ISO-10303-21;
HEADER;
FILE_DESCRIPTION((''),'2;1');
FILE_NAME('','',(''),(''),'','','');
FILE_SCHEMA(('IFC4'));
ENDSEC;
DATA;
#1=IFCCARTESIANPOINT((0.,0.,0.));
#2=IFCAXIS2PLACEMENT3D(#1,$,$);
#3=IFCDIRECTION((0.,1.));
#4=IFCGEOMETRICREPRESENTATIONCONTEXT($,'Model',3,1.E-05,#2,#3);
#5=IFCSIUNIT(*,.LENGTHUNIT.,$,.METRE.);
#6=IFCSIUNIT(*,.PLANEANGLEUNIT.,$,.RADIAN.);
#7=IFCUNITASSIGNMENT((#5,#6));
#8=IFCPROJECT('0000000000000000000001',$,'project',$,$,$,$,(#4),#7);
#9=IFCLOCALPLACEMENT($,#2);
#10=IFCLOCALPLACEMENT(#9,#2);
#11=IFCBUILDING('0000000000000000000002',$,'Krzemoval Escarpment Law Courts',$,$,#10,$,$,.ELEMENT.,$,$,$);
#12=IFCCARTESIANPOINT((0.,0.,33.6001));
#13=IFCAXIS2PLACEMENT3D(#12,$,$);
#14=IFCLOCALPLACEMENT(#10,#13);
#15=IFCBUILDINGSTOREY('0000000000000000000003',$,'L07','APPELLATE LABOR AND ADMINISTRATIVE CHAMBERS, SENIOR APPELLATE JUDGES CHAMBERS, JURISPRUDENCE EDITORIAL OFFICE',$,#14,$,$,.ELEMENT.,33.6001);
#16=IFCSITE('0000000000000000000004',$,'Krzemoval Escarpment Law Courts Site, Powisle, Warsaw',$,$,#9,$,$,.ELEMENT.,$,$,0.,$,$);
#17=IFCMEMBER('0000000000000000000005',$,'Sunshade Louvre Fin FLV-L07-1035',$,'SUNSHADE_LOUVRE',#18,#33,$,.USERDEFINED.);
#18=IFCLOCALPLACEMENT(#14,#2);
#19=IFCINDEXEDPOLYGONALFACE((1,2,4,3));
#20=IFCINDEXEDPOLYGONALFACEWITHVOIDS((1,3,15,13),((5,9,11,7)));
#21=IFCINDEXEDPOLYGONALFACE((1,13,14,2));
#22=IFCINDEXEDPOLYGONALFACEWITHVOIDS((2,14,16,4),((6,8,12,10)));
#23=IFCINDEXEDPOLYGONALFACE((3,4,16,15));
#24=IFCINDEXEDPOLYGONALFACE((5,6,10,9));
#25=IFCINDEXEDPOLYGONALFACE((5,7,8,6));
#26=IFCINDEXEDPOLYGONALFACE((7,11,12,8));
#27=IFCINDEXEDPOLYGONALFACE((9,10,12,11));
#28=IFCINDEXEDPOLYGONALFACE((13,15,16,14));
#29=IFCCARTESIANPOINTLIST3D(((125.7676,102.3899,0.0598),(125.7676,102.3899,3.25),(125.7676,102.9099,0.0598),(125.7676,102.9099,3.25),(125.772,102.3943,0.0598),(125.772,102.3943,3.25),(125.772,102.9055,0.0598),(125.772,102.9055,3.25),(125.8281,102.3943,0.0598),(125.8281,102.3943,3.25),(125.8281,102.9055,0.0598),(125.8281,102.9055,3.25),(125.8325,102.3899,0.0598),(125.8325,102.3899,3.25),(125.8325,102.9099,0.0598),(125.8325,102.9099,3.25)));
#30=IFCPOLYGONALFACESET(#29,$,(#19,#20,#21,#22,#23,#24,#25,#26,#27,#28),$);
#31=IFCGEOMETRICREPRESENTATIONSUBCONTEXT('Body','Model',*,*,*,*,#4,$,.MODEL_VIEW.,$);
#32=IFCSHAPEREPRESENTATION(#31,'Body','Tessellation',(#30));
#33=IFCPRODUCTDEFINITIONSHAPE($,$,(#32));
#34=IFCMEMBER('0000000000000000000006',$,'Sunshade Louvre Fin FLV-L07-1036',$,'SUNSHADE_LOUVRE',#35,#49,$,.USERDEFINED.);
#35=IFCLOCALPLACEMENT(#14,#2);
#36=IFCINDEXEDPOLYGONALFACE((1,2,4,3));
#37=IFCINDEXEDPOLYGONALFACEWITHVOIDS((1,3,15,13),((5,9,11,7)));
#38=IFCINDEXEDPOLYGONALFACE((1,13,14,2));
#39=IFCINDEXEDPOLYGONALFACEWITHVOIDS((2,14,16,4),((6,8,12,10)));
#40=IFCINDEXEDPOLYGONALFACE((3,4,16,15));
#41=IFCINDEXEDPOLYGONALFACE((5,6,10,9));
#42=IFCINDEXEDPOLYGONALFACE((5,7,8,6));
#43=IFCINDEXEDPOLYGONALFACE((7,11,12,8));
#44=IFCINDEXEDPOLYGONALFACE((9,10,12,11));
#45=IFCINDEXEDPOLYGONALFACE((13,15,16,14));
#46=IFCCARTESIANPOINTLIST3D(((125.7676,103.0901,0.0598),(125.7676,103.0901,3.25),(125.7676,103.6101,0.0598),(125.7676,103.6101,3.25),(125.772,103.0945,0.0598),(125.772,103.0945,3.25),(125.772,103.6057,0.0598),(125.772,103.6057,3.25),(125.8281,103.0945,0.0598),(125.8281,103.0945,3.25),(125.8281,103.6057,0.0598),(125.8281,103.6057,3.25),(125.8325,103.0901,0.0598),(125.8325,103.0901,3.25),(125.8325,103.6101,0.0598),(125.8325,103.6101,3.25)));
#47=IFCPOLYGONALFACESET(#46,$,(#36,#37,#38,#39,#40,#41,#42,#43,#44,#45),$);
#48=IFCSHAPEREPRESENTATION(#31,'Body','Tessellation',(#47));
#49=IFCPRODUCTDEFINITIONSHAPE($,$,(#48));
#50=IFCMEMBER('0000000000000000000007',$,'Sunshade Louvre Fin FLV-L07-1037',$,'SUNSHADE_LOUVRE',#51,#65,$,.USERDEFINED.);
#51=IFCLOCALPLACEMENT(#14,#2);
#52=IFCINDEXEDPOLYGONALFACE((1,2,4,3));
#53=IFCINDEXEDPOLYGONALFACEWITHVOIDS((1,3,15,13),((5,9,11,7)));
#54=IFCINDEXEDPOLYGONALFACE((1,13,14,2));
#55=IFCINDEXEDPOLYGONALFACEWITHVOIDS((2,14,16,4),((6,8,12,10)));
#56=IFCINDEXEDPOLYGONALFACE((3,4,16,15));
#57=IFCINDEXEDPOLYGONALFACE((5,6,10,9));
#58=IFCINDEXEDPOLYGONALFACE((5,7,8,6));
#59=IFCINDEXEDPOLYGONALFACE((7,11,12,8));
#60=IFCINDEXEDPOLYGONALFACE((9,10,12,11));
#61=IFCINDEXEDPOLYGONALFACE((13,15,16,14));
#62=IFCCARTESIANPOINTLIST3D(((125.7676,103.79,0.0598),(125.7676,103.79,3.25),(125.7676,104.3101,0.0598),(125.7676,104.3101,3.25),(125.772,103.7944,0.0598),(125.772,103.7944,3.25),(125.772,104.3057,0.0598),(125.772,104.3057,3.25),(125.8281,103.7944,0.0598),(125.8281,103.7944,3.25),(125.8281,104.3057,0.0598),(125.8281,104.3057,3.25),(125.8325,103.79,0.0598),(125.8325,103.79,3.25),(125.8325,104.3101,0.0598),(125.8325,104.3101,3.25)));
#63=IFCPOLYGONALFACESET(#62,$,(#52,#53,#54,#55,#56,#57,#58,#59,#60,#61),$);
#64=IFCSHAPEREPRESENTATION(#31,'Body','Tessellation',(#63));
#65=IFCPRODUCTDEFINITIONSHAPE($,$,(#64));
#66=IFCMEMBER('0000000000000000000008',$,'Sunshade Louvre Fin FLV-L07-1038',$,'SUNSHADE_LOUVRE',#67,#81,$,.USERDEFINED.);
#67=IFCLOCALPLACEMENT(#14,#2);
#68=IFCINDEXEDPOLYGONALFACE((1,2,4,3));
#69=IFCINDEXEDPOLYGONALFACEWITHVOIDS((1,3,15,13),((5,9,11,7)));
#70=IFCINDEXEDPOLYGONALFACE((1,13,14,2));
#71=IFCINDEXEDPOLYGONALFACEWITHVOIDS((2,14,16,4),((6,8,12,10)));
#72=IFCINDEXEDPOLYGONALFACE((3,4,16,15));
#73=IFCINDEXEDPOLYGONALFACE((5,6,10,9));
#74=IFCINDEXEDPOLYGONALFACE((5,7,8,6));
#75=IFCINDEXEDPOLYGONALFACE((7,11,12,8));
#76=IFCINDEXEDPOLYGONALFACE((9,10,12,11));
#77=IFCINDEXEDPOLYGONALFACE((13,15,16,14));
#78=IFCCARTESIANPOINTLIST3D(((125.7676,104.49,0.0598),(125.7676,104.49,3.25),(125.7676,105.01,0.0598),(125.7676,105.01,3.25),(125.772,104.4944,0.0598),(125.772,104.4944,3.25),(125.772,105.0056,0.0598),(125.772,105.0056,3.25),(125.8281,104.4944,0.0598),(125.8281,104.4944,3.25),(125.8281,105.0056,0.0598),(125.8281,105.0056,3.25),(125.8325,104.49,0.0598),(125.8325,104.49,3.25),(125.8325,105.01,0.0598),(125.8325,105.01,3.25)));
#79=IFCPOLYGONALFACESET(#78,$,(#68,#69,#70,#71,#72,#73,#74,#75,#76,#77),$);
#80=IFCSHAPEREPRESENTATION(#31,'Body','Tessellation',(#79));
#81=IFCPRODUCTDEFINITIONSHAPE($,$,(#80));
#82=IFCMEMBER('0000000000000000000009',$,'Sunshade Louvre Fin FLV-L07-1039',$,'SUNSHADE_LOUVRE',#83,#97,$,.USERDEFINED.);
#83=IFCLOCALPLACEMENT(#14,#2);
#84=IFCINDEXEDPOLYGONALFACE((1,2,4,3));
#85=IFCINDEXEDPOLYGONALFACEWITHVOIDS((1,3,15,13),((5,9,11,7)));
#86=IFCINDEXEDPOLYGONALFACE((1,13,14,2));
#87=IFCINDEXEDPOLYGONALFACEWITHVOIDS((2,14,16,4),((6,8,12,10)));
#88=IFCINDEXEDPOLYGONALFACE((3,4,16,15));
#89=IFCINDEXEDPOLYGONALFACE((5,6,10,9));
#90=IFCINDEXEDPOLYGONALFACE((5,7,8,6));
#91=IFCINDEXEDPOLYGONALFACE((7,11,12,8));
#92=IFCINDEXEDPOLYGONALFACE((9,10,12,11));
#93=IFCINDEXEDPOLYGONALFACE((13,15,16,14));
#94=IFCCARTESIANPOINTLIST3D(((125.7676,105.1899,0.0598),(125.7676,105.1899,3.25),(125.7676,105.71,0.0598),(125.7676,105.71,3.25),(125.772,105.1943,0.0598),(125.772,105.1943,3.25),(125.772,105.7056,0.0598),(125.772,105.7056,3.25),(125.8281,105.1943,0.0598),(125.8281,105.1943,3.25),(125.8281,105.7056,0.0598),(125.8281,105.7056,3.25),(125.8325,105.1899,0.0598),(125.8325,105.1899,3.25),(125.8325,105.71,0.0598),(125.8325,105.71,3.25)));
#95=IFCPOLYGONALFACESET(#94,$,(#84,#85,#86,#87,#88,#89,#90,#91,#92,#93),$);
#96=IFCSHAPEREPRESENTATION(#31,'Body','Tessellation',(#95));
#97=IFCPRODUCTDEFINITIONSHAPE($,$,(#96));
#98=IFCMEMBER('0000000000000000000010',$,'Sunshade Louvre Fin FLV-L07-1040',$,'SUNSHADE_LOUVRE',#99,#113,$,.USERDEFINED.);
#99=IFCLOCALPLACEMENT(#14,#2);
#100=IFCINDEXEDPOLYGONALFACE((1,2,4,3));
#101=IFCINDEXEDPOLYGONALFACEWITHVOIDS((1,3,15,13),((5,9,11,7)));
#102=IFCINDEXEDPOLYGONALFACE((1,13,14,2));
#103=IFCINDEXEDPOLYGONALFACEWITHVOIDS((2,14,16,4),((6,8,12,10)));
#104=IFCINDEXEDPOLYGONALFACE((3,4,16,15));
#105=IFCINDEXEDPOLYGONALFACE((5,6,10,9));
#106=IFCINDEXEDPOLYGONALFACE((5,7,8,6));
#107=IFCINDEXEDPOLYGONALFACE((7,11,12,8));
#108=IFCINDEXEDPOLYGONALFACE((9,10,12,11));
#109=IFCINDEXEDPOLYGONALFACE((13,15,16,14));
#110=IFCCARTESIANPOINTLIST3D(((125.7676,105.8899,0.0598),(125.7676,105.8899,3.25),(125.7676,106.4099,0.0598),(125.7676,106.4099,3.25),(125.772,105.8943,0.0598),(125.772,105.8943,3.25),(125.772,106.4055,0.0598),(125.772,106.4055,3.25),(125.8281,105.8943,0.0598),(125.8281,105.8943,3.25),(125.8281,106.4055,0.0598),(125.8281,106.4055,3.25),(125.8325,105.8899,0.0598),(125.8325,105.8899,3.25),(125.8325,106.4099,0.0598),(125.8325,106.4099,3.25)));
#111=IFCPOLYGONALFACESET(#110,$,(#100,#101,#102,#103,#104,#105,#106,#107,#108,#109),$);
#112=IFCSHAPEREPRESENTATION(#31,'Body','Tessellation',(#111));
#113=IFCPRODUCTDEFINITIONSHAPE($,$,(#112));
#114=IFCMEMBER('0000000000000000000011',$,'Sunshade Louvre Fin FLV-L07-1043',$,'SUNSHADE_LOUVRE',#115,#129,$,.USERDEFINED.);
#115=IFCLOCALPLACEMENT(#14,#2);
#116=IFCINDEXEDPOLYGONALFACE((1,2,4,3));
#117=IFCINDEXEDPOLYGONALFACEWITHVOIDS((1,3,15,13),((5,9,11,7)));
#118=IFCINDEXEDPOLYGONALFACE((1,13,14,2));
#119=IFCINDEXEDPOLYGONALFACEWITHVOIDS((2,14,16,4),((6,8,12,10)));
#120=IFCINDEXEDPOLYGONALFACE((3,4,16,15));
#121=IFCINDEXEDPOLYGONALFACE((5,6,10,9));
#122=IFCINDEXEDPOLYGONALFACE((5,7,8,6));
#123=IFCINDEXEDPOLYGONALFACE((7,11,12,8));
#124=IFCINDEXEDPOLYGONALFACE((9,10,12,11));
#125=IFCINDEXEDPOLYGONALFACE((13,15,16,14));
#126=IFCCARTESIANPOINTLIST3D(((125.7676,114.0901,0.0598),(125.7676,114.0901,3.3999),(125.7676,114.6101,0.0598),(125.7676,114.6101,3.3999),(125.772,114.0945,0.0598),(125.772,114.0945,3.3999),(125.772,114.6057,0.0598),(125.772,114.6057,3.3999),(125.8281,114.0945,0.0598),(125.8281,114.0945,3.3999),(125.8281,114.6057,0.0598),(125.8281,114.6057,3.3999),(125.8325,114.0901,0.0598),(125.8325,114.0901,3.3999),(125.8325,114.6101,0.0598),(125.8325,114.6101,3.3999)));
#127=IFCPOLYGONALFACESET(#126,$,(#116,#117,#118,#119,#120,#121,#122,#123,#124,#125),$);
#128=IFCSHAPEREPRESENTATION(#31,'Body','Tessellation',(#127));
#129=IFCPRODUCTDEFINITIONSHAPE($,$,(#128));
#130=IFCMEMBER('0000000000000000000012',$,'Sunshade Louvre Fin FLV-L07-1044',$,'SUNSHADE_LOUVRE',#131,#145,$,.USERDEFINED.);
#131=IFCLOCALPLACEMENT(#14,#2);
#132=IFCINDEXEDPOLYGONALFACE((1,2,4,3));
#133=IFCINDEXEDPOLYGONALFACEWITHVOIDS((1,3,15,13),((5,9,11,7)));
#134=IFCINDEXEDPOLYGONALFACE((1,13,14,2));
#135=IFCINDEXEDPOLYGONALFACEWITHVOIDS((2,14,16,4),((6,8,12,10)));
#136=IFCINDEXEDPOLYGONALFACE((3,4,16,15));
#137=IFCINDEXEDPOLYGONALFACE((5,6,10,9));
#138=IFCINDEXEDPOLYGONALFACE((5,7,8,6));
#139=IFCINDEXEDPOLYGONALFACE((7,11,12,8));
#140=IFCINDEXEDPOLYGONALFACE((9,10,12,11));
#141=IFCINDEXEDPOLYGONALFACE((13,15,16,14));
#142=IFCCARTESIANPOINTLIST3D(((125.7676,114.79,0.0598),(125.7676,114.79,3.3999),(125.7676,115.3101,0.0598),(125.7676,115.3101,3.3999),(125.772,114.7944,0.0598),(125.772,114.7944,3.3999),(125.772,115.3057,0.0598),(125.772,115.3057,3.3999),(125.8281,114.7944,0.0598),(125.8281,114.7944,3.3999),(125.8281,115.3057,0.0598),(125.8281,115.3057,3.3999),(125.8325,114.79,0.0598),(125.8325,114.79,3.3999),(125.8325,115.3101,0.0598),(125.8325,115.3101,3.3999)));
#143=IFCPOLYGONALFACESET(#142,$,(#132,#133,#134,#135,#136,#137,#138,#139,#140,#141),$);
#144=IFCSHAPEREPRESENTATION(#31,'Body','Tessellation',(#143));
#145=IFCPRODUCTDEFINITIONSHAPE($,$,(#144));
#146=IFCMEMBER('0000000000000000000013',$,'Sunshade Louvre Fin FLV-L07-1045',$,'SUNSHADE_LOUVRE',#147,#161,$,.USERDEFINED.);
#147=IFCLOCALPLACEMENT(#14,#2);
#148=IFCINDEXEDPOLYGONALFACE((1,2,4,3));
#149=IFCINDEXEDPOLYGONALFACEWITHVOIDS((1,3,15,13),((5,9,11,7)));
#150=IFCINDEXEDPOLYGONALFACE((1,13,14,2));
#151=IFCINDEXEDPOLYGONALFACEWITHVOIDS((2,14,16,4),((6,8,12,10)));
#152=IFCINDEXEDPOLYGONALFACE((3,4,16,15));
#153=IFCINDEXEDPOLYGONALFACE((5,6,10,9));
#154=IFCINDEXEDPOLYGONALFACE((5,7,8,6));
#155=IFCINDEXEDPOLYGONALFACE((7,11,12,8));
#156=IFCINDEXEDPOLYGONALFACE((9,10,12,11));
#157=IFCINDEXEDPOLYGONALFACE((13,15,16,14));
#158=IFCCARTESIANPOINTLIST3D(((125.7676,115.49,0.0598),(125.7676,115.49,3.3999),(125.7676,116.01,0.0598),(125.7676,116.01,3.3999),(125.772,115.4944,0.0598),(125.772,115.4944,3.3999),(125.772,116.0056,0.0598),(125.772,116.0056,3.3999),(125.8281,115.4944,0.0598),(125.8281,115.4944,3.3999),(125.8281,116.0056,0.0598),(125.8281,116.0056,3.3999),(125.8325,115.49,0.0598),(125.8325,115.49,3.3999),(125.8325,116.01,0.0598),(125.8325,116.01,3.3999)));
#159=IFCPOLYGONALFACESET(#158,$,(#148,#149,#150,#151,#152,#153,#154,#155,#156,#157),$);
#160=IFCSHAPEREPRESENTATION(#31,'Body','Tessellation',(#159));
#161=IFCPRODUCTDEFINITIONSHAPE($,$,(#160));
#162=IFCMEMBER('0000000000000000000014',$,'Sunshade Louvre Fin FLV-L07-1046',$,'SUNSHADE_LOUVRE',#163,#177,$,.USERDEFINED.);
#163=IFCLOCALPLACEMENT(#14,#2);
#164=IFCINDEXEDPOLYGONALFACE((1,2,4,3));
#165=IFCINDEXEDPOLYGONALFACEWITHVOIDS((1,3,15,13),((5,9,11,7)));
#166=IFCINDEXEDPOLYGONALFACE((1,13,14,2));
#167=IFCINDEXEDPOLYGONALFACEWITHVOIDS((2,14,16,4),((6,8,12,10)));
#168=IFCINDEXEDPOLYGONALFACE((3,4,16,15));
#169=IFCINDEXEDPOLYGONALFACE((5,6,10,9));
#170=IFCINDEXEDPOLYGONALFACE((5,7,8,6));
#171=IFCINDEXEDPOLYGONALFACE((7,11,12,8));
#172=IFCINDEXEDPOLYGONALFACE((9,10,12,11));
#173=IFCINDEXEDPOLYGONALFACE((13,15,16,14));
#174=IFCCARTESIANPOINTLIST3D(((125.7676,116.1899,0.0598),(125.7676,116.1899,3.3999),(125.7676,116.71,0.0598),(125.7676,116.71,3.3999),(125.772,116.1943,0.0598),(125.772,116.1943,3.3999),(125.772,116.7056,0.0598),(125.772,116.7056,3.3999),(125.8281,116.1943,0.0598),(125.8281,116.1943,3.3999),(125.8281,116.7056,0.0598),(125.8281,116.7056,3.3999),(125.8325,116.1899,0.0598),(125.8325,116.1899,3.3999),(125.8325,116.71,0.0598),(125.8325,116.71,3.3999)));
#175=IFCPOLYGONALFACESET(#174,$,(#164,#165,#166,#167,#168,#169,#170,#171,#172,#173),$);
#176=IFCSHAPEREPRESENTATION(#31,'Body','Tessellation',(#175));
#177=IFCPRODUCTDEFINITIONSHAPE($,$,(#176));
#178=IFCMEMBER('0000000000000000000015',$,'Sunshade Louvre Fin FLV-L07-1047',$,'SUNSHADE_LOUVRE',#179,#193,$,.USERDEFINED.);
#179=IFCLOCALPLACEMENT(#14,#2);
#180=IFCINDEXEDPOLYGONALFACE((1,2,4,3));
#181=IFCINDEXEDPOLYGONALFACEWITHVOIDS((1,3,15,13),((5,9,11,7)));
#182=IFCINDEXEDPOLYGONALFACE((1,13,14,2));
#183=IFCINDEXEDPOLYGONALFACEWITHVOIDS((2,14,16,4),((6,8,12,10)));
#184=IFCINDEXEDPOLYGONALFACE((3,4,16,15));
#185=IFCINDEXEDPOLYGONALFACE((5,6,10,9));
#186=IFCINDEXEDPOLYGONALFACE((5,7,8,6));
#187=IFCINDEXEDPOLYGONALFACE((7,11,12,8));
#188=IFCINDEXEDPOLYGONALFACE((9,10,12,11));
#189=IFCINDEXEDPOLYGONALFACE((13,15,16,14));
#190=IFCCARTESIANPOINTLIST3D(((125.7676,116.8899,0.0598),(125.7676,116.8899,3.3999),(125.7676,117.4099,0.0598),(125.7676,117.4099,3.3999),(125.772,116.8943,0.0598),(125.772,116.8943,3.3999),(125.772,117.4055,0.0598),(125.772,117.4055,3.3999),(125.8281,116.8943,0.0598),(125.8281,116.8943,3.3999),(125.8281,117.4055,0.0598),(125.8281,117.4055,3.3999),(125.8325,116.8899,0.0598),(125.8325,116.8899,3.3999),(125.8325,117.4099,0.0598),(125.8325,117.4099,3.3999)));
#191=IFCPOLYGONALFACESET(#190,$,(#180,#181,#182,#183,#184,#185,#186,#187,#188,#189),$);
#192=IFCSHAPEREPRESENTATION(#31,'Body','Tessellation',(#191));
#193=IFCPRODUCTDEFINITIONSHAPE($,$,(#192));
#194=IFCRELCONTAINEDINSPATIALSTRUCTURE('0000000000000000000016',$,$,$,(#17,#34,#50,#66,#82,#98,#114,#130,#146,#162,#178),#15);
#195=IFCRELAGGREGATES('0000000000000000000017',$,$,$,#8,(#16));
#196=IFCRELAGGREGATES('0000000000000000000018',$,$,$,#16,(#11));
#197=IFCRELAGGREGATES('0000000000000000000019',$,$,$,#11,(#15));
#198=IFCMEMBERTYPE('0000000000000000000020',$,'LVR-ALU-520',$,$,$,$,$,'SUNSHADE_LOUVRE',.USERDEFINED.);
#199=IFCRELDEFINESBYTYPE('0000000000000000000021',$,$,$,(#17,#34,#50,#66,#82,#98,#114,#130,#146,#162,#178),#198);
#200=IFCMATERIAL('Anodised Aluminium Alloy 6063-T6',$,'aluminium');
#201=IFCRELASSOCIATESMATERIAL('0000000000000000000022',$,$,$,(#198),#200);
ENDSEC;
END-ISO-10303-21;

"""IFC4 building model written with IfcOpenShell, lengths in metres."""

from ifc_helpers import new_model, si_unit, direction, frame, origin, origin_2d, place, context, subcontext, project, spatial, hollow_rectangle, extrude, material, material_profile, profile_set, type_object, element, save


model = new_model("IFC4")

# Units and contexts
model_context = context("Model", 3, precision=1e-05, world=origin(), true_north=direction((0.0, 1.0)))
body_context = subcontext(model_context, "Body", "Model", "MODEL_VIEW")
ifc_project = project(units=[si_unit("LENGTHUNIT", "METRE"), si_unit("PLANEANGLEUNIT", "RADIAN")], contexts=[model_context])

# Site, building, storey
site_placement = place(None, origin())
site = spatial("IfcSite", under=ifc_project, at=site_placement, Name="Krzemoval Escarpment Law Courts Site, Powisle, Warsaw", CompositionType="ELEMENT", RefElevation=0.0)
building_placement = place(site_placement, origin())
building = spatial("IfcBuilding", under=site, at=building_placement, Name="Krzemoval Escarpment Law Courts", CompositionType="ELEMENT")
storey_placement = place(building_placement, frame((0.0, 0.0, 33.6001)))
storey = spatial("IfcBuildingStorey", under=building, at=storey_placement, Name="L07", Description="APPELLATE LABOR AND ADMINISTRATIVE CHAMBERS, SENIOR APPELLATE JUDGES CHAMBERS, JURISPRUDENCE EDITORIAL OFFICE", CompositionType="ELEMENT", Elevation=33.6001)

# Members
ifc_material_1 = material(Name="Anodised Aluminium Alloy 6063-T6", Category="aluminium")
ifc_material_profile_1 = material_profile(ifc_material_1, hollow_rectangle(XDim=0.0649, YDim=0.52, WallThickness=0.0044, at=origin_2d()), Name="ALU LVR 65x520")
ifc_profile_set_1 = profile_set([ifc_material_profile_1], Name="Anodised Aluminium Alloy 6063-T6")
member_type_1 = type_object("IfcMemberType", Name="LVR-ALU-520", ElementType="SUNSHADE_LOUVRE", PredefinedType="USERDEFINED", material=ifc_profile_set_1)
for number, where, z_axis, x_axis, name in (
    (1, (125.8, 102.6499, 0.0598), (0.0, 0.0, 1.0), (1.0, 0.0, 0.0), "Sunshade Louvre Fin FLV-L07-1035"),
    (2, (125.8, 103.3501, 0.0598), (0.0, 0.0, 1.0), (1.0, 0.0, 0.0), "Sunshade Louvre Fin FLV-L07-1036"),
    (3, (125.8, 104.05, 0.0598), (0.0, 0.0, 1.0), (1.0, 0.0, 0.0), "Sunshade Louvre Fin FLV-L07-1037"),
    (4, (125.8, 104.75, 0.0598), (0.0, 0.0, 1.0), (1.0, 0.0, 0.0), "Sunshade Louvre Fin FLV-L07-1038"),
    (5, (125.8, 105.45, 0.0598), (0.0, 0.0, 1.0), (1.0, 0.0, 0.0), "Sunshade Louvre Fin FLV-L07-1039"),
    (6, (125.8, 106.1499, 0.0598), (0.0, 0.0, 1.0), (1.0, 0.0, 0.0), "Sunshade Louvre Fin FLV-L07-1040"),
):
    element("IfcMember", number, at=place(storey_placement, frame(where, z_axis=z_axis, x_axis=x_axis)), inside=storey, type_object=member_type_1, Name=name, ObjectType="SUNSHADE_LOUVRE", PredefinedType="USERDEFINED", context=body_context, shape_type="SweptSolid", body=[
        extrude(hollow_rectangle(XDim=0.0649, YDim=0.52, WallThickness=0.0044, at=origin_2d()), origin(), (0.0, 0.0, 1.0), 3.1902),
    ])
for number, where, z_axis, x_axis, name in (
    (7, (125.8, 114.3501, 0.0598), (0.0, 0.0, 1.0), (1.0, 0.0, 0.0), "Sunshade Louvre Fin FLV-L07-1043"),
    (8, (125.8, 115.05, 0.0598), (0.0, 0.0, 1.0), (1.0, 0.0, 0.0), "Sunshade Louvre Fin FLV-L07-1044"),
    (9, (125.8, 115.75, 0.0598), (0.0, 0.0, 1.0), (1.0, 0.0, 0.0), "Sunshade Louvre Fin FLV-L07-1045"),
    (10, (125.8, 116.45, 0.0598), (0.0, 0.0, 1.0), (1.0, 0.0, 0.0), "Sunshade Louvre Fin FLV-L07-1046"),
    (11, (125.8, 117.1499, 0.0598), (0.0, 0.0, 1.0), (1.0, 0.0, 0.0), "Sunshade Louvre Fin FLV-L07-1047"),
):
    element("IfcMember", number, at=place(storey_placement, frame(where, z_axis=z_axis, x_axis=x_axis)), inside=storey, type_object=member_type_1, Name=name, ObjectType="SUNSHADE_LOUVRE", PredefinedType="USERDEFINED", context=body_context, shape_type="SweptSolid", body=[
        extrude(hollow_rectangle(XDim=0.0649, YDim=0.52, WallThickness=0.0044, at=origin_2d()), origin(), (0.0, 0.0, 1.0), 3.3401),
    ])

save(model, "model.ifc")
